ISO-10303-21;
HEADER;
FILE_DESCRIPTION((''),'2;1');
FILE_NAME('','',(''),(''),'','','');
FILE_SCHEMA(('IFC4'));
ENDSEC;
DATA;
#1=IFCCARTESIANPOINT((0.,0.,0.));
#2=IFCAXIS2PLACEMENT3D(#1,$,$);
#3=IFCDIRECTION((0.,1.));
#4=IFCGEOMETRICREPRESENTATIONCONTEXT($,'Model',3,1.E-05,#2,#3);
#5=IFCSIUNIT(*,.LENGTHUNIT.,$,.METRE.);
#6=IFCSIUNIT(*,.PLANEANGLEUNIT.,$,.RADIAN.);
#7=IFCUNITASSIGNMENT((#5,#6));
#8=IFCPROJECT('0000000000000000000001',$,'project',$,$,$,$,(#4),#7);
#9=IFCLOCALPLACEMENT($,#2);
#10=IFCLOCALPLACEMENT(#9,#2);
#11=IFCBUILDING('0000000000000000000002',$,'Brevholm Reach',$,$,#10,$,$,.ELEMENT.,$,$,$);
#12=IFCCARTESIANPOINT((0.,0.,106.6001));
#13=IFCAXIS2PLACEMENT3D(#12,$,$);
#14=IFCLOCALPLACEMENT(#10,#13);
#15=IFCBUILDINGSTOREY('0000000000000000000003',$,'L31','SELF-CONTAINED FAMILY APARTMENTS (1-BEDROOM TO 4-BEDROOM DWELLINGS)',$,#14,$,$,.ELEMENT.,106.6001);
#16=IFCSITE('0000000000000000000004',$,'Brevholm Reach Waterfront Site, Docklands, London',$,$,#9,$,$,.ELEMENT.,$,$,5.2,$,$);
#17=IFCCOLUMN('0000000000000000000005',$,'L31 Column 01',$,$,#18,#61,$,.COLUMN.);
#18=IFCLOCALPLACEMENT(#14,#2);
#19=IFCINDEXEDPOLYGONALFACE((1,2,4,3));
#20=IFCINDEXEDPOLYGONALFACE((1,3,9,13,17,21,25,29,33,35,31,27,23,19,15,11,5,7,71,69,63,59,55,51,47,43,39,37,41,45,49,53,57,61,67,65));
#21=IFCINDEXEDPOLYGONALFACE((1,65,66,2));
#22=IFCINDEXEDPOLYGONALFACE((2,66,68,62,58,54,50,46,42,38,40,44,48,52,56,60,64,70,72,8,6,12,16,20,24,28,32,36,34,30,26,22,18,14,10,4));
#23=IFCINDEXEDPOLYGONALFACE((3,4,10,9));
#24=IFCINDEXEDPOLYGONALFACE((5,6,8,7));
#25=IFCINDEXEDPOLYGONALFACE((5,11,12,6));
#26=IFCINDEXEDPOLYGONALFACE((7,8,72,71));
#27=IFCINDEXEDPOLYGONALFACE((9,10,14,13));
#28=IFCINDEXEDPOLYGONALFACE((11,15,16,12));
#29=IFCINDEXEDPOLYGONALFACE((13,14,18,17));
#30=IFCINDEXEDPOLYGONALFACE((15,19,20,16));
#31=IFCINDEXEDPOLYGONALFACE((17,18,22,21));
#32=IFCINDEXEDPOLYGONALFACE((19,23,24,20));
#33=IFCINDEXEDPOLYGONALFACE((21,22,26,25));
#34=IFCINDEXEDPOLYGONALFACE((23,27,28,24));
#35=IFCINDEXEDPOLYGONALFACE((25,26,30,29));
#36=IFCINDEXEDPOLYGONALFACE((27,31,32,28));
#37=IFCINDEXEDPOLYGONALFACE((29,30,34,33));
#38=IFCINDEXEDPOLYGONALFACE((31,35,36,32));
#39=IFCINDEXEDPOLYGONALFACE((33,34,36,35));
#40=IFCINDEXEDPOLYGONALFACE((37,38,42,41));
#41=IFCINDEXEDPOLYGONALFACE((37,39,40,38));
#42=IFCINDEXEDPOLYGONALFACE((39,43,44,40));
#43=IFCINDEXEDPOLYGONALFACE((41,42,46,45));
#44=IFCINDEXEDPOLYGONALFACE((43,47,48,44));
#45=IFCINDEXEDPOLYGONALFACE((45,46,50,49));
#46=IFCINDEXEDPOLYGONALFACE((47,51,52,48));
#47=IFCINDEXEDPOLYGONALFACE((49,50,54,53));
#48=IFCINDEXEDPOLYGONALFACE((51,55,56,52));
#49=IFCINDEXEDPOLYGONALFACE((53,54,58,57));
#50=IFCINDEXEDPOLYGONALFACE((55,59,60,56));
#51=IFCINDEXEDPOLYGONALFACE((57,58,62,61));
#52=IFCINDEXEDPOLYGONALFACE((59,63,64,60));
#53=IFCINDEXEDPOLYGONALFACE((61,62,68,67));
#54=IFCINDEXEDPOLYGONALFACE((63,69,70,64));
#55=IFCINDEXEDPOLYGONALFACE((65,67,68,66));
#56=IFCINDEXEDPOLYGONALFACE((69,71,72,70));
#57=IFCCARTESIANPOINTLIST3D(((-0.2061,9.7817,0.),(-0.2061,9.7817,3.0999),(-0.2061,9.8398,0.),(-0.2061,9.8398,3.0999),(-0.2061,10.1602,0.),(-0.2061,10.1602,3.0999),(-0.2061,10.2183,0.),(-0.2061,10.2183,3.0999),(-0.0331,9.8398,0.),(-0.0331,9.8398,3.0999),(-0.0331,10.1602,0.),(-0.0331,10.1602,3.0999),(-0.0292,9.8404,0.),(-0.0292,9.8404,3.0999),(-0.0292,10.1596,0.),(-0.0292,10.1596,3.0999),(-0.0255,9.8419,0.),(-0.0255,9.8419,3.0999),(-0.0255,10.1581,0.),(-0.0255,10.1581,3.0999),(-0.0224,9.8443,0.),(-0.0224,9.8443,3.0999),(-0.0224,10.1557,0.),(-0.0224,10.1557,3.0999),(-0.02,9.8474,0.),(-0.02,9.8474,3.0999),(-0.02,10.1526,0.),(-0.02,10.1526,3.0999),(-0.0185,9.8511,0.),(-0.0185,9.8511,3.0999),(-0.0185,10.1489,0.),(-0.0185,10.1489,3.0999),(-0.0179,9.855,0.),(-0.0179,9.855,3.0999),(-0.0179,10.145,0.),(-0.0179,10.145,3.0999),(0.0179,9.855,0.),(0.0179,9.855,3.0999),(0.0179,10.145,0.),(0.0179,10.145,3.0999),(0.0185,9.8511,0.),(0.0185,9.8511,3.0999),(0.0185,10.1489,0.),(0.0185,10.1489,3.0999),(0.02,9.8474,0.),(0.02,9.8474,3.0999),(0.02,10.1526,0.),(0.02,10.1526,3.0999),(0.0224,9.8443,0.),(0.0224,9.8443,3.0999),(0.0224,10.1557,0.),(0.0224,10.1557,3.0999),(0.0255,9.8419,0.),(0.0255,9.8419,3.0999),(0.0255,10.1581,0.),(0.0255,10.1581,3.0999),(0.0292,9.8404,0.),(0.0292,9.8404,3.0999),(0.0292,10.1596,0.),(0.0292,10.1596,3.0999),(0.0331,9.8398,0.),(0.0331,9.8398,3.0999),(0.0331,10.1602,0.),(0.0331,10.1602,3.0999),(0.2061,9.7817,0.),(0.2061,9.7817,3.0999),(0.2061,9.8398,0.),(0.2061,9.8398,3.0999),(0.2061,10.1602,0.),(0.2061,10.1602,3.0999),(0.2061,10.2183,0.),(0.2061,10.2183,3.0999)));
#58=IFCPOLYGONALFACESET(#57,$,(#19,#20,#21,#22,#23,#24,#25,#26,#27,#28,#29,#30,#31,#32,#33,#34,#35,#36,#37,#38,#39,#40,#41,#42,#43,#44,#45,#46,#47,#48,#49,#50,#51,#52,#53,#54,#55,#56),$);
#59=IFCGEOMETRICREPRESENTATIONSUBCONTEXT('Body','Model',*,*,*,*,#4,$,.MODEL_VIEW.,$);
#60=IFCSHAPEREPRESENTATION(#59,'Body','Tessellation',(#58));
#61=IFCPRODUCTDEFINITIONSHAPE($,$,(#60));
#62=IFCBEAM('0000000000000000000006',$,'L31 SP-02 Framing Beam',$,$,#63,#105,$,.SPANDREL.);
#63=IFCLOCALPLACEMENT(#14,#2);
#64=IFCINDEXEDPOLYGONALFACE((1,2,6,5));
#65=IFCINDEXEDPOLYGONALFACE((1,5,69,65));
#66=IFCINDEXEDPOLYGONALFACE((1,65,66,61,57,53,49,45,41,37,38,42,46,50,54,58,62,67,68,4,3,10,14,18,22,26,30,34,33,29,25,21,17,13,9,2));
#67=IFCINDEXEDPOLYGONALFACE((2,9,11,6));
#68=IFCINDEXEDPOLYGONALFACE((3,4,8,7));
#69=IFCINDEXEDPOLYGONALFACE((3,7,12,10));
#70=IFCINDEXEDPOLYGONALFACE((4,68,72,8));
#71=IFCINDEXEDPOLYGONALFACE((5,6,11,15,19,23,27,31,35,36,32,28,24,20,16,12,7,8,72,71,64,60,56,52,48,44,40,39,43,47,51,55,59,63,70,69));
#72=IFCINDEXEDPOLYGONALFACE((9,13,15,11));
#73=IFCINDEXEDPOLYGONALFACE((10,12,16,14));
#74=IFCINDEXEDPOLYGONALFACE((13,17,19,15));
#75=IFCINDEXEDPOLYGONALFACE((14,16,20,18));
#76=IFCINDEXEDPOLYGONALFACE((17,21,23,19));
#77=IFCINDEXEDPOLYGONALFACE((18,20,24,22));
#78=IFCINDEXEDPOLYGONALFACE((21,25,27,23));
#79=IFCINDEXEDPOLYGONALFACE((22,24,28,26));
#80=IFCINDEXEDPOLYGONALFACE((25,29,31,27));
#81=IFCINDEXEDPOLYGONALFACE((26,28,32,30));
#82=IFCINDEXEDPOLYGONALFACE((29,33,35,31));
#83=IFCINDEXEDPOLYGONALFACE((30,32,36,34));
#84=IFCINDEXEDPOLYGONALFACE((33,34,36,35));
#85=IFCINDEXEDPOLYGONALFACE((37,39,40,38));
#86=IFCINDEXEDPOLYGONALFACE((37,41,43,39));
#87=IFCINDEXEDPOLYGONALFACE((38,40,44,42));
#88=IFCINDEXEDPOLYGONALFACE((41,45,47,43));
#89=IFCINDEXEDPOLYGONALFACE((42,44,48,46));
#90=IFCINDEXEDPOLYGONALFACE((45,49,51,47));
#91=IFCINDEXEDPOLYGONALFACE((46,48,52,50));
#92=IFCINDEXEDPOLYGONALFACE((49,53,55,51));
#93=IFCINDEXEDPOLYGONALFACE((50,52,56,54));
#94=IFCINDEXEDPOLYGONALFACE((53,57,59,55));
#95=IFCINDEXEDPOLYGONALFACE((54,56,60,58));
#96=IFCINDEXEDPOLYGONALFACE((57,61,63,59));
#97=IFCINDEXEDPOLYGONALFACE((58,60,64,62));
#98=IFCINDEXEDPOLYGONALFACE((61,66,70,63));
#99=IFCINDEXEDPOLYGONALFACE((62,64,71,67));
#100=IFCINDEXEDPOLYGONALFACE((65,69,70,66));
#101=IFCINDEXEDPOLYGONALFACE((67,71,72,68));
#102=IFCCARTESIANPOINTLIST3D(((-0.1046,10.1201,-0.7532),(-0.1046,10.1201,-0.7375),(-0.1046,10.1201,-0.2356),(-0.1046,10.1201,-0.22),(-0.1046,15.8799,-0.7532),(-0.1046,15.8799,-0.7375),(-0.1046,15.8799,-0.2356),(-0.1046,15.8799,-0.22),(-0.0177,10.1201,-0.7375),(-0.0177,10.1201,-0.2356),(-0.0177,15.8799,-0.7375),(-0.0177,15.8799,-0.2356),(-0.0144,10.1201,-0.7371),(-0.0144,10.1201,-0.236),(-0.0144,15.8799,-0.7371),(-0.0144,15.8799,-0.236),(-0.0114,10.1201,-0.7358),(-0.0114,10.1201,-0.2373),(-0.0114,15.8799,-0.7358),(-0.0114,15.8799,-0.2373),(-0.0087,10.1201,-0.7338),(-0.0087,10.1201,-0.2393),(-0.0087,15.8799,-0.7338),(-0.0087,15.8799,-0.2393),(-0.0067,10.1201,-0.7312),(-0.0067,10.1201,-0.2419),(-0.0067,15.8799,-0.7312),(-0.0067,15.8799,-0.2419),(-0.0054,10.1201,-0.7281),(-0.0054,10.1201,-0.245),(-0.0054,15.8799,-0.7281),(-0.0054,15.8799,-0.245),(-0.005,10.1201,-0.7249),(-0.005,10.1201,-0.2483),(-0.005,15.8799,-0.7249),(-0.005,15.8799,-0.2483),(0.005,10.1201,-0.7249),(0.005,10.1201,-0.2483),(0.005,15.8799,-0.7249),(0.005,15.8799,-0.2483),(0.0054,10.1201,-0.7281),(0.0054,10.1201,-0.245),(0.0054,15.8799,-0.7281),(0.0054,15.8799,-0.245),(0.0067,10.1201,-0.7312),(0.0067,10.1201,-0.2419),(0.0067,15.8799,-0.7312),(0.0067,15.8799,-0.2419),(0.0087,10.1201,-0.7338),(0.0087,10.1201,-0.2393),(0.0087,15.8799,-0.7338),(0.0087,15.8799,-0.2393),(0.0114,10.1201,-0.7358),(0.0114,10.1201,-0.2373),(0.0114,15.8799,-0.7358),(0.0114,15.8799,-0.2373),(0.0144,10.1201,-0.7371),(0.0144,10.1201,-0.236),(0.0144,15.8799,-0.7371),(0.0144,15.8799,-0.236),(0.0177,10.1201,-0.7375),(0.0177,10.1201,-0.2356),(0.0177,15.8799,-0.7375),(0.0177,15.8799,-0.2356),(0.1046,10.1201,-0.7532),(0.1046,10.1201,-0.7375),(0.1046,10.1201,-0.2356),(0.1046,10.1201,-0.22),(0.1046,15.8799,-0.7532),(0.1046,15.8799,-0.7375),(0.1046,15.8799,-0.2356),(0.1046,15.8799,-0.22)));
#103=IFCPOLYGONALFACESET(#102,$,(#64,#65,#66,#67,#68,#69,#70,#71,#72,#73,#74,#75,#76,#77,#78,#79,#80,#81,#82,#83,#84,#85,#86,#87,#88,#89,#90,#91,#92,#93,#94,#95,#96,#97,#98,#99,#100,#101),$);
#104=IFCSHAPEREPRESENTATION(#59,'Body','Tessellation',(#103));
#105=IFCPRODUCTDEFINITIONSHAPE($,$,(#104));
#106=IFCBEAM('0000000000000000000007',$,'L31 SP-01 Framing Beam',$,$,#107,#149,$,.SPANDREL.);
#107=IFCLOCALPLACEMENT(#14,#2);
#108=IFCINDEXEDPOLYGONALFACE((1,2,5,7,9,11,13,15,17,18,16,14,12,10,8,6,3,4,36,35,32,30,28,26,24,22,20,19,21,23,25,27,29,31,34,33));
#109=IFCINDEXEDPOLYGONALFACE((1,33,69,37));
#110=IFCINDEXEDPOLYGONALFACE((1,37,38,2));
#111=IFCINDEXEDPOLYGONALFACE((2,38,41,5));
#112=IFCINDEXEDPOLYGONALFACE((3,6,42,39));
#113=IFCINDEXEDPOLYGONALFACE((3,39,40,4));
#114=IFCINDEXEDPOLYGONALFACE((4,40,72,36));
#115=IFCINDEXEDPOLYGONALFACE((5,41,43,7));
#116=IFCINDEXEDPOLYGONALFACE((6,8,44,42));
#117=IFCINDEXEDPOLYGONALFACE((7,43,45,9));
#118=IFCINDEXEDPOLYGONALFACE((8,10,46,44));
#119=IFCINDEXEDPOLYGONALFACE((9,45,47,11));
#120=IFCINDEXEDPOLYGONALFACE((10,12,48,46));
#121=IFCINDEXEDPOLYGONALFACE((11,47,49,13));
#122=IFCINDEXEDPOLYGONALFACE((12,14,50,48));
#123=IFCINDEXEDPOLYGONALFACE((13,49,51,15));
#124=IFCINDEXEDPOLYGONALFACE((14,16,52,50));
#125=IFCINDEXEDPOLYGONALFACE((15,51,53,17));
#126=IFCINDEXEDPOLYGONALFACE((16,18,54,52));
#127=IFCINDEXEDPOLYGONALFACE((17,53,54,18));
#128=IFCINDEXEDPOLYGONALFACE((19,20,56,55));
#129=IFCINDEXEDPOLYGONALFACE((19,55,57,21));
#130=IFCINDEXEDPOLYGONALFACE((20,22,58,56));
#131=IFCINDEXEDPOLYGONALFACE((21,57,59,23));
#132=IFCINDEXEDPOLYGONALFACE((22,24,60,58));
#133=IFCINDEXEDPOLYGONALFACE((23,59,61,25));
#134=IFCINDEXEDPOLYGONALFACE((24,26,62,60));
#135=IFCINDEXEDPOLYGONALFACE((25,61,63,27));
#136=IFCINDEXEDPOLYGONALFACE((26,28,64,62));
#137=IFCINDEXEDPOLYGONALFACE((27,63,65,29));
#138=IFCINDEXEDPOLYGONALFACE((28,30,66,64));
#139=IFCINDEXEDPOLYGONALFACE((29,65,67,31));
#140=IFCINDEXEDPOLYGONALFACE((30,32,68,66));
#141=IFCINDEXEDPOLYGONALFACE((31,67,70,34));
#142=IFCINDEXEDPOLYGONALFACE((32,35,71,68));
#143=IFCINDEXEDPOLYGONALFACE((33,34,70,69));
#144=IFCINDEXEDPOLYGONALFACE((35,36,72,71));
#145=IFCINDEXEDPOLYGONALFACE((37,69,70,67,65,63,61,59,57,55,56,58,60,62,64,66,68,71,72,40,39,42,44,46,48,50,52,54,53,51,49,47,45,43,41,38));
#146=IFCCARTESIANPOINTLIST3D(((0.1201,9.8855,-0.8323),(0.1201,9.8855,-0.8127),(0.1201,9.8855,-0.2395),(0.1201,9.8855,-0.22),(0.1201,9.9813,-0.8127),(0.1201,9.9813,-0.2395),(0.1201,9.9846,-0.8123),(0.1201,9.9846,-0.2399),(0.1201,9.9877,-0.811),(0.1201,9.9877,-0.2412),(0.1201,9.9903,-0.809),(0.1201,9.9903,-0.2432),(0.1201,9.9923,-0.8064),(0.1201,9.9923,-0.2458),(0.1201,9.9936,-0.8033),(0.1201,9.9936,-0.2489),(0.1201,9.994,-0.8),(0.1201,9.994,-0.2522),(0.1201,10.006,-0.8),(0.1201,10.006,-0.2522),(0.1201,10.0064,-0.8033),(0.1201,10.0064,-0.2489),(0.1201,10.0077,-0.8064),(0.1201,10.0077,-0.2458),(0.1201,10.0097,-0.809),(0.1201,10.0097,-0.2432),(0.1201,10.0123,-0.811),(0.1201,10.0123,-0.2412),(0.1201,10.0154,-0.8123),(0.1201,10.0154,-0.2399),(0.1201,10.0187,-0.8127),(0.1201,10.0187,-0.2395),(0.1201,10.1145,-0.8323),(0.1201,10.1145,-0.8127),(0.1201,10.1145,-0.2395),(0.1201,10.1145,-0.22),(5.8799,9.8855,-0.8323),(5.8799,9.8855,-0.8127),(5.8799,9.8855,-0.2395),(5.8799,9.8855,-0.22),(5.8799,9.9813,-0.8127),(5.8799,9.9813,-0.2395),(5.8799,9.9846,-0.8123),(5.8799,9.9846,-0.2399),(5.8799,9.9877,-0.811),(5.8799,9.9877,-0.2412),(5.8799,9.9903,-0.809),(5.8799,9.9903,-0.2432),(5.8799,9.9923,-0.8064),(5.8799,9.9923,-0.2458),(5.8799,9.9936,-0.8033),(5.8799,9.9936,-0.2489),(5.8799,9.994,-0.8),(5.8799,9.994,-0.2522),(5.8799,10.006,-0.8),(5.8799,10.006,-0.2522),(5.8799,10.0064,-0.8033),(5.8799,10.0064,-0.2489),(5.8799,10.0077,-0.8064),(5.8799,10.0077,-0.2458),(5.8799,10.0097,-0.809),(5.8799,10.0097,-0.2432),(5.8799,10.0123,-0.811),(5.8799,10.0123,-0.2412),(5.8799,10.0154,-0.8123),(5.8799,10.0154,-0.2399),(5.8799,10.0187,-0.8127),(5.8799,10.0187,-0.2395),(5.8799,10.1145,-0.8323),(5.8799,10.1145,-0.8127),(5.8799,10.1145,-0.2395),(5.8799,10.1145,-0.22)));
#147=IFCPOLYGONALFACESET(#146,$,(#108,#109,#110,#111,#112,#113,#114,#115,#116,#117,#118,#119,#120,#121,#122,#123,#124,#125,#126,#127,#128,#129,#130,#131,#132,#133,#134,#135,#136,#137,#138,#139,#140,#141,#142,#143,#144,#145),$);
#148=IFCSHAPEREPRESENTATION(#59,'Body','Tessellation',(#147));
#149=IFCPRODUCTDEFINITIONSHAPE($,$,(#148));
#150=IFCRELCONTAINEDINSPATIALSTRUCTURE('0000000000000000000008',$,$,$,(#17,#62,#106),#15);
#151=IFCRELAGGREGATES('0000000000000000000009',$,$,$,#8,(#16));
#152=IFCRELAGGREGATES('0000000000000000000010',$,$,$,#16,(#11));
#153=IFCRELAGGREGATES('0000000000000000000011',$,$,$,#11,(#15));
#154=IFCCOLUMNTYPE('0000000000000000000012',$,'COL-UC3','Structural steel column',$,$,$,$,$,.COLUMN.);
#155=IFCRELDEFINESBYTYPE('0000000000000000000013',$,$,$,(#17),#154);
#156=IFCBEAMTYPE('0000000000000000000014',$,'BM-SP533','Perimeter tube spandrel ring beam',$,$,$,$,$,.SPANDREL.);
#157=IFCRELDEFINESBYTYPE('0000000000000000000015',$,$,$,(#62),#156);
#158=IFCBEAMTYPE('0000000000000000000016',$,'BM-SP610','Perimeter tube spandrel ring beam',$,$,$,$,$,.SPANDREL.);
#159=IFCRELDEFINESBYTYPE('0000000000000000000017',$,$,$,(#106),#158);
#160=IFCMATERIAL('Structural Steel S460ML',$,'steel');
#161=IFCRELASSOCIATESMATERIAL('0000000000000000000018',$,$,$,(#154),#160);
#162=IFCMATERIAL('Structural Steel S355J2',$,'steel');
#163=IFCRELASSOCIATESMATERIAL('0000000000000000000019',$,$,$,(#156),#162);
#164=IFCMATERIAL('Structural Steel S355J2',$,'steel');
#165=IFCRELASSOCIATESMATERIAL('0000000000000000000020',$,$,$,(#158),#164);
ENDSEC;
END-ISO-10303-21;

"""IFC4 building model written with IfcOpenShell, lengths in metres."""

from ifc_helpers import new_model, si_unit, direction, frame, origin, origin_2d, place, context, subcontext, project, spatial, i_section, extrude, material, material_profile, profile_set, type_object, element, save


model = new_model("IFC4")

# Units and contexts
model_context = context("Model", 3, precision=1e-05, world=origin(), true_north=direction((0.0, 1.0)))
body_context = subcontext(model_context, "Body", "Model", "MODEL_VIEW")
ifc_project = project(units=[si_unit("LENGTHUNIT", "METRE"), si_unit("PLANEANGLEUNIT", "RADIAN")], contexts=[model_context])

# Site, building, storey
site_placement = place(None, origin())
site = spatial("IfcSite", under=ifc_project, at=site_placement, Name="Brevholm Reach Waterfront Site, Docklands, London", CompositionType="ELEMENT", RefElevation=5.2)
building_placement = place(site_placement, origin())
building = spatial("IfcBuilding", under=site, at=building_placement, Name="Brevholm Reach", CompositionType="ELEMENT")
storey_placement = place(building_placement, frame((0.0, 0.0, 106.6001)))
storey = spatial("IfcBuildingStorey", under=building, at=storey_placement, Name="L31", Description="SELF-CONTAINED FAMILY APARTMENTS (1-BEDROOM TO 4-BEDROOM DWELLINGS)", CompositionType="ELEMENT", Elevation=106.6001)

# Column
ifc_material_1 = material(Name="Structural Steel S460ML", Category="steel")
ifc_material_profile_1 = material_profile(ifc_material_1, i_section(OverallWidth=0.4121, OverallDepth=0.4365, WebThickness=0.0359, FlangeThickness=0.0581, FilletRadius=0.0151, at=origin_2d()), Name="UKC 356x406x467")
ifc_profile_set_1 = profile_set([ifc_material_profile_1], Name="Structural Steel S460ML")
column_type = type_object("IfcColumnType", Name="COL-UC3", Description="Structural steel column", PredefinedType="COLUMN", material=ifc_profile_set_1)
column_placement = place(storey_placement, frame((0.0, 10.0, 0.0), z_axis=(0.0, 0.0, 1.0), x_axis=(1.0, 0.0, 0.0)))
element("IfcColumn", 1, at=column_placement, inside=storey, type_object=column_type, Name="L31 Column 01", PredefinedType="COLUMN", context=body_context, shape_type="SweptSolid", body=[
    extrude(i_section(OverallWidth=0.4121, OverallDepth=0.4365, WebThickness=0.0359, FlangeThickness=0.0581, FilletRadius=0.0151, at=origin_2d()), origin(), (0.0, 0.0, 1.0), 3.0999),
])

# Beams
ifc_material_2 = material(Name="Structural Steel S355J2", Category="steel")
ifc_material_profile_2 = material_profile(ifc_material_2, i_section(OverallWidth=0.2092, OverallDepth=0.5332, WebThickness=0.01, FlangeThickness=0.0156, FilletRadius=0.0127, at=origin_2d()), Name="UKB 533x210x92")
ifc_profile_set_2 = profile_set([ifc_material_profile_2], Name="Structural Steel S355J2")
beam_type_1 = type_object("IfcBeamType", Name="BM-SP533", Description="Perimeter tube spandrel ring beam", PredefinedType="SPANDREL", material=ifc_profile_set_2)
beam_1_placement = place(storey_placement, frame((0.0, 10.1201, -0.4866), z_axis=(0.0, 1.0, 0.0), x_axis=(-1.0, 0.0, 0.0)))
element("IfcBeam", 2, at=beam_1_placement, inside=storey, type_object=beam_type_1, Name="L31 SP-02 Framing Beam", PredefinedType="SPANDREL", context=body_context, shape_type="SweptSolid", body=[
    extrude(i_section(OverallWidth=0.2092, OverallDepth=0.5332, WebThickness=0.01, FlangeThickness=0.0156, FilletRadius=0.0127, at=origin_2d()), origin(), (0.0, 0.0, 1.0), 5.7598),
])
ifc_material_3 = material(Name="Structural Steel S355J2", Category="steel")
ifc_material_profile_3 = material_profile(ifc_material_3, i_section(OverallWidth=0.229, OverallDepth=0.6123, WebThickness=0.012, FlangeThickness=0.0195, FilletRadius=0.0127, at=origin_2d()), Name="UKB 610x229x125")
ifc_profile_set_3 = profile_set([ifc_material_profile_3], Name="Structural Steel S355J2")
beam_type_2 = type_object("IfcBeamType", Name="BM-SP610", Description="Perimeter tube spandrel ring beam", PredefinedType="SPANDREL", material=ifc_profile_set_3)
beam_2_placement = place(storey_placement, frame((0.1201, 10.0, -0.5261), z_axis=(1.0, 0.0, 0.0), x_axis=(0.0, 1.0, 0.0)))
element("IfcBeam", 3, at=beam_2_placement, inside=storey, type_object=beam_type_2, Name="L31 SP-01 Framing Beam", PredefinedType="SPANDREL", context=body_context, shape_type="SweptSolid", body=[
    extrude(i_section(OverallWidth=0.229, OverallDepth=0.6123, WebThickness=0.012, FlangeThickness=0.0195, FilletRadius=0.0127, at=origin_2d()), origin(), (0.0, 0.0, 1.0), 5.7598),
])

save(model, "model.ifc")
